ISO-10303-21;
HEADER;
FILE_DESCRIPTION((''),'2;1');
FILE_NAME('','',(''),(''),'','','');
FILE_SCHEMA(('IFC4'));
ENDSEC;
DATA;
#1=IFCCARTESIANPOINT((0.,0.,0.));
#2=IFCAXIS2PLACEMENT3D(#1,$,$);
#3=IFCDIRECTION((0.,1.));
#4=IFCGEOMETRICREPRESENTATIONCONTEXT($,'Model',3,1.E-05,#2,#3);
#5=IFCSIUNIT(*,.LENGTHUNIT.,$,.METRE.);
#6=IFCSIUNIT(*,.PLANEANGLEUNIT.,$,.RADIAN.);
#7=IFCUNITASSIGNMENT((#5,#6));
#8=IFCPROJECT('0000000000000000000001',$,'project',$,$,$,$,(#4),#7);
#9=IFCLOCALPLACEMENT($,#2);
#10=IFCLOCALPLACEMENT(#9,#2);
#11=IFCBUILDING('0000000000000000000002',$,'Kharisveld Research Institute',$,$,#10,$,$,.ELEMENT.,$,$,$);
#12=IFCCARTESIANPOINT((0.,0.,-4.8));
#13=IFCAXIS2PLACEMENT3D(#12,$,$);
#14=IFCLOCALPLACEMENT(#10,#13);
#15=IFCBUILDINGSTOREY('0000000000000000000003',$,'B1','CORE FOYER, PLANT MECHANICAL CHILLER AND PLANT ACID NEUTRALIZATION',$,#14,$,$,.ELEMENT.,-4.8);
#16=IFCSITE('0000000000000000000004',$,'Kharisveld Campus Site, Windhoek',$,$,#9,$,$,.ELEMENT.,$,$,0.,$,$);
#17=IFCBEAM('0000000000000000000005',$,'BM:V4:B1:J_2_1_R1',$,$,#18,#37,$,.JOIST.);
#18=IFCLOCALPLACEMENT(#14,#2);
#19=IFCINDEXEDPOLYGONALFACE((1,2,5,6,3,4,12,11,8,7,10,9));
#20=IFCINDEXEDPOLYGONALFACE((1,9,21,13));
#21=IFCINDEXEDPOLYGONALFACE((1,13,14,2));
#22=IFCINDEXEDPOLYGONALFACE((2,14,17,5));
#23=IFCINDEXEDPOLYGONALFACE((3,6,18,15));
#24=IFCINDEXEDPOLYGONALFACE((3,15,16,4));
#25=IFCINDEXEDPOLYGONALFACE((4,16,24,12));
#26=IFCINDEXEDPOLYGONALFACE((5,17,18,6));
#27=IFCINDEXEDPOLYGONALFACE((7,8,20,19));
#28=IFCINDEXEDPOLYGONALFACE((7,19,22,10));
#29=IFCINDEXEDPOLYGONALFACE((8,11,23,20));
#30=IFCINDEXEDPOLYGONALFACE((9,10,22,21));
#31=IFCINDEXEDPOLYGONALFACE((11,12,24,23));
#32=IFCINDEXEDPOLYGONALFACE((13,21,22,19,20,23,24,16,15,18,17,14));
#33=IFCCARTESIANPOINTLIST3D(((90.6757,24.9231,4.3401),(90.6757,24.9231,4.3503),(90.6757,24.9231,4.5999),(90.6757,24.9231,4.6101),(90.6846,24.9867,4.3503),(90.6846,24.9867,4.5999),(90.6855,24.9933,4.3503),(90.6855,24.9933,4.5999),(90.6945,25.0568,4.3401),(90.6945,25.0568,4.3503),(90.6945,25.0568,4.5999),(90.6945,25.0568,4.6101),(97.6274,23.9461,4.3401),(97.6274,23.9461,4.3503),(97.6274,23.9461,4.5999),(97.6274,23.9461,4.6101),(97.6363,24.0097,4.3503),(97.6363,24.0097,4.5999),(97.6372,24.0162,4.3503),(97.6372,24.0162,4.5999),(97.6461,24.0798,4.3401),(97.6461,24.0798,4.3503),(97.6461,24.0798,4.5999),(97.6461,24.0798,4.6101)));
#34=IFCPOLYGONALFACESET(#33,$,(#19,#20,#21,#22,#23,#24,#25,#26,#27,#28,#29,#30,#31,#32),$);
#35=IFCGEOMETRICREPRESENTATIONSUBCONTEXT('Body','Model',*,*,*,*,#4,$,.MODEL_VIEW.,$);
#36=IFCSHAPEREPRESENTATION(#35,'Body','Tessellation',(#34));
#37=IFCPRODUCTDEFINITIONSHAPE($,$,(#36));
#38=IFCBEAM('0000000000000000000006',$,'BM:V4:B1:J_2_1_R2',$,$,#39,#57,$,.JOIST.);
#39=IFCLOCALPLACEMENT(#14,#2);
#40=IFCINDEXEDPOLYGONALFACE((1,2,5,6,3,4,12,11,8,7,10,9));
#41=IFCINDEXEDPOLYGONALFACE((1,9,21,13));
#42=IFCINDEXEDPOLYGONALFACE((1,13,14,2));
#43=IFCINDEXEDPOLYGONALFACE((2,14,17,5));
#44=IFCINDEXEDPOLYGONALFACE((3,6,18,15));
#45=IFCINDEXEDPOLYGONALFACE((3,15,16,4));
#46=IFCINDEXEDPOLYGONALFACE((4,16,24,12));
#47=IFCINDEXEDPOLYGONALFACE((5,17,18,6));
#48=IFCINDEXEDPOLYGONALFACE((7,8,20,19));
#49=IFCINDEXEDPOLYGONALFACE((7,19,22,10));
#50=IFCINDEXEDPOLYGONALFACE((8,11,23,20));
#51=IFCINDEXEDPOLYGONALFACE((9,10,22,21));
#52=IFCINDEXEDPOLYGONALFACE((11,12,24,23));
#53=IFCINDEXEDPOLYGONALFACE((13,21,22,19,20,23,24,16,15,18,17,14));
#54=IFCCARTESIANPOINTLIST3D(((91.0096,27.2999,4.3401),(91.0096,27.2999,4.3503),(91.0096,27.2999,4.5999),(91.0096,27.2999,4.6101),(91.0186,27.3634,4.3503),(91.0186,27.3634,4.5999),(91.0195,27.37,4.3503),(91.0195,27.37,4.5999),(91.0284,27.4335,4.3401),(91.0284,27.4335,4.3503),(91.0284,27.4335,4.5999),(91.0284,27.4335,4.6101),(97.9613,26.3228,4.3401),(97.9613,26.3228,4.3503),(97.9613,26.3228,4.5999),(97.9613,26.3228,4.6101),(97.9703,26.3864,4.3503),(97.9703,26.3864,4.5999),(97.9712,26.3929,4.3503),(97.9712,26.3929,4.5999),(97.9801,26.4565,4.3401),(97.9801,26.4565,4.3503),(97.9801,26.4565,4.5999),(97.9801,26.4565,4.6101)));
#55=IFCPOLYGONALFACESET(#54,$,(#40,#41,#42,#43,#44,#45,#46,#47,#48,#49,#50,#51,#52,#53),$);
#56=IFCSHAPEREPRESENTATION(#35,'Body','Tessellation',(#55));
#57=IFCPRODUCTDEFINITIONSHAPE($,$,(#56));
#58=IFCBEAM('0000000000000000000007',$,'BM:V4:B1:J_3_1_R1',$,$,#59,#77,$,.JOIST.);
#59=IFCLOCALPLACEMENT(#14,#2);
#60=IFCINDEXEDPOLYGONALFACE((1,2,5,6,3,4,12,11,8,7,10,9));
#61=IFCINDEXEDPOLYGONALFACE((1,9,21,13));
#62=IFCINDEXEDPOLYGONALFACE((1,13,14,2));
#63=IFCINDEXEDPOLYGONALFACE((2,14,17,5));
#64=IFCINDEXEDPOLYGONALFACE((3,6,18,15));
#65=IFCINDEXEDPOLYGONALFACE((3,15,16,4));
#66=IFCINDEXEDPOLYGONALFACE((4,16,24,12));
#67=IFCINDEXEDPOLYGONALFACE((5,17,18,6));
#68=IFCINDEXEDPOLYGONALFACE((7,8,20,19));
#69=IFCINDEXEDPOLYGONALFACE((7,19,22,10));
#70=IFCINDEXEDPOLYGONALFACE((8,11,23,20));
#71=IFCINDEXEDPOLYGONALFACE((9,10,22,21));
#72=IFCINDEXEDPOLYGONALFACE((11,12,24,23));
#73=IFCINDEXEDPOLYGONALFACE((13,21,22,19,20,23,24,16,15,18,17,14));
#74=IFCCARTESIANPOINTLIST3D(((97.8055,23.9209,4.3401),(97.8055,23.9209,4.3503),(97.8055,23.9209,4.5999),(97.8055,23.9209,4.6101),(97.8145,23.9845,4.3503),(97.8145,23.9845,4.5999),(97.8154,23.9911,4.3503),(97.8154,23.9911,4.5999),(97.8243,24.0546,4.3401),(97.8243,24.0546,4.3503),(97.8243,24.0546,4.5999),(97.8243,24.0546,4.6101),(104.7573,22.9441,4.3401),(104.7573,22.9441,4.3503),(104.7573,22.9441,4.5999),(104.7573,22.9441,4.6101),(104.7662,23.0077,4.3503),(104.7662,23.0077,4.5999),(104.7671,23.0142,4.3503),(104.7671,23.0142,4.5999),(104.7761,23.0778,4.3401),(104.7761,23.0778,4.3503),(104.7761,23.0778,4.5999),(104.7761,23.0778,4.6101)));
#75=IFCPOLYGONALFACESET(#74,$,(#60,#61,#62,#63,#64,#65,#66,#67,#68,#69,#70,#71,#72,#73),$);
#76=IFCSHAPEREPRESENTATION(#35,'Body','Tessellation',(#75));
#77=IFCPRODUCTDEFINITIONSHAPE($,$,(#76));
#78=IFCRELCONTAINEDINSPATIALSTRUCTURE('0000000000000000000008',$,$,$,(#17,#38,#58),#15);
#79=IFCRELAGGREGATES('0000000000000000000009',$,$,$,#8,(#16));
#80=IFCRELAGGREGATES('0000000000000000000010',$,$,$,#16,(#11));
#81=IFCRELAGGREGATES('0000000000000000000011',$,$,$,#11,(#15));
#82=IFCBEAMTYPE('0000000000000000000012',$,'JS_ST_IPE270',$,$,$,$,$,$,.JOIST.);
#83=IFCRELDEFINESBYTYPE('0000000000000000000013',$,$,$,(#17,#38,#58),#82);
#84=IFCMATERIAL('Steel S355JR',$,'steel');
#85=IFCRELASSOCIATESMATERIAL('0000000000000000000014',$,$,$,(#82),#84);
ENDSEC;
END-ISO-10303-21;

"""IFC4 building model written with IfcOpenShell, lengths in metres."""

from ifc_helpers import new_model, si_unit, direction, frame, origin, origin_2d, place, context, subcontext, project, spatial, i_section, extrude, material, material_profile, profile_set, type_object, element, save


model = new_model("IFC4")

# Units and contexts
model_context = context("Model", 3, precision=1e-05, world=origin(), true_north=direction((0.0, 1.0)))
body_context = subcontext(model_context, "Body", "Model", "MODEL_VIEW")
ifc_project = project(units=[si_unit("LENGTHUNIT", "METRE"), si_unit("PLANEANGLEUNIT", "RADIAN")], contexts=[model_context])

# Site, building, storey
site_placement = place(None, origin())
site = spatial("IfcSite", under=ifc_project, at=site_placement, Name="Kharisveld Campus Site, Windhoek", CompositionType="ELEMENT", RefElevation=0.0)
building_placement = place(site_placement, origin())
building = spatial("IfcBuilding", under=site, at=building_placement, Name="Kharisveld Research Institute", CompositionType="ELEMENT")
storey_placement = place(building_placement, frame((0.0, 0.0, -4.8)))
storey = spatial("IfcBuildingStorey", under=building, at=storey_placement, Name="B1", Description="CORE FOYER, PLANT MECHANICAL CHILLER AND PLANT ACID NEUTRALIZATION", CompositionType="ELEMENT", Elevation=-4.8)

# Beams
ifc_material_1 = material(Name="Steel S355JR", Category="steel")
ifc_material_profile_1 = material_profile(ifc_material_1, i_section(OverallWidth=0.135, OverallDepth=0.27, WebThickness=0.0066, FlangeThickness=0.0103, at=origin_2d()))
ifc_profile_set_1 = profile_set([ifc_material_profile_1], Name="Steel S355JR")
beam_type_1 = type_object("IfcBeamType", Name="JS_ST_IPE270", PredefinedType="JOIST", material=ifc_profile_set_1)
for number, where, z_axis, x_axis, name in (
    (1, (90.6851, 24.99, 4.4751), (0.990267, -0.139181, 0.0), (0.139181, 0.990267, 0.0), "BM:V4:B1:J_2_1_R1"),
    (2, (91.019, 27.3667, 4.4751), (0.990267, -0.139181, 0.0), (0.139181, 0.990267, 0.0), "BM:V4:B1:J_2_1_R2"),
    (3, (97.8149, 23.9878, 4.4751), (0.990272, -0.139147, 0.0), (0.139147, 0.990272, 0.0), "BM:V4:B1:J_3_1_R1"),
):
    element("IfcBeam", number, at=place(storey_placement, frame(where, z_axis=z_axis, x_axis=x_axis)), inside=storey, type_object=beam_type_1, Name=name, PredefinedType="JOIST", context=body_context, shape_type="SweptSolid", body=[
        extrude(i_section(OverallWidth=0.135, OverallDepth=0.27, WebThickness=0.0066, FlangeThickness=0.0103, at=origin_2d()), origin(), (0.0, 0.0, 1.0), 7.02),
    ])

save(model, "model.ifc")
